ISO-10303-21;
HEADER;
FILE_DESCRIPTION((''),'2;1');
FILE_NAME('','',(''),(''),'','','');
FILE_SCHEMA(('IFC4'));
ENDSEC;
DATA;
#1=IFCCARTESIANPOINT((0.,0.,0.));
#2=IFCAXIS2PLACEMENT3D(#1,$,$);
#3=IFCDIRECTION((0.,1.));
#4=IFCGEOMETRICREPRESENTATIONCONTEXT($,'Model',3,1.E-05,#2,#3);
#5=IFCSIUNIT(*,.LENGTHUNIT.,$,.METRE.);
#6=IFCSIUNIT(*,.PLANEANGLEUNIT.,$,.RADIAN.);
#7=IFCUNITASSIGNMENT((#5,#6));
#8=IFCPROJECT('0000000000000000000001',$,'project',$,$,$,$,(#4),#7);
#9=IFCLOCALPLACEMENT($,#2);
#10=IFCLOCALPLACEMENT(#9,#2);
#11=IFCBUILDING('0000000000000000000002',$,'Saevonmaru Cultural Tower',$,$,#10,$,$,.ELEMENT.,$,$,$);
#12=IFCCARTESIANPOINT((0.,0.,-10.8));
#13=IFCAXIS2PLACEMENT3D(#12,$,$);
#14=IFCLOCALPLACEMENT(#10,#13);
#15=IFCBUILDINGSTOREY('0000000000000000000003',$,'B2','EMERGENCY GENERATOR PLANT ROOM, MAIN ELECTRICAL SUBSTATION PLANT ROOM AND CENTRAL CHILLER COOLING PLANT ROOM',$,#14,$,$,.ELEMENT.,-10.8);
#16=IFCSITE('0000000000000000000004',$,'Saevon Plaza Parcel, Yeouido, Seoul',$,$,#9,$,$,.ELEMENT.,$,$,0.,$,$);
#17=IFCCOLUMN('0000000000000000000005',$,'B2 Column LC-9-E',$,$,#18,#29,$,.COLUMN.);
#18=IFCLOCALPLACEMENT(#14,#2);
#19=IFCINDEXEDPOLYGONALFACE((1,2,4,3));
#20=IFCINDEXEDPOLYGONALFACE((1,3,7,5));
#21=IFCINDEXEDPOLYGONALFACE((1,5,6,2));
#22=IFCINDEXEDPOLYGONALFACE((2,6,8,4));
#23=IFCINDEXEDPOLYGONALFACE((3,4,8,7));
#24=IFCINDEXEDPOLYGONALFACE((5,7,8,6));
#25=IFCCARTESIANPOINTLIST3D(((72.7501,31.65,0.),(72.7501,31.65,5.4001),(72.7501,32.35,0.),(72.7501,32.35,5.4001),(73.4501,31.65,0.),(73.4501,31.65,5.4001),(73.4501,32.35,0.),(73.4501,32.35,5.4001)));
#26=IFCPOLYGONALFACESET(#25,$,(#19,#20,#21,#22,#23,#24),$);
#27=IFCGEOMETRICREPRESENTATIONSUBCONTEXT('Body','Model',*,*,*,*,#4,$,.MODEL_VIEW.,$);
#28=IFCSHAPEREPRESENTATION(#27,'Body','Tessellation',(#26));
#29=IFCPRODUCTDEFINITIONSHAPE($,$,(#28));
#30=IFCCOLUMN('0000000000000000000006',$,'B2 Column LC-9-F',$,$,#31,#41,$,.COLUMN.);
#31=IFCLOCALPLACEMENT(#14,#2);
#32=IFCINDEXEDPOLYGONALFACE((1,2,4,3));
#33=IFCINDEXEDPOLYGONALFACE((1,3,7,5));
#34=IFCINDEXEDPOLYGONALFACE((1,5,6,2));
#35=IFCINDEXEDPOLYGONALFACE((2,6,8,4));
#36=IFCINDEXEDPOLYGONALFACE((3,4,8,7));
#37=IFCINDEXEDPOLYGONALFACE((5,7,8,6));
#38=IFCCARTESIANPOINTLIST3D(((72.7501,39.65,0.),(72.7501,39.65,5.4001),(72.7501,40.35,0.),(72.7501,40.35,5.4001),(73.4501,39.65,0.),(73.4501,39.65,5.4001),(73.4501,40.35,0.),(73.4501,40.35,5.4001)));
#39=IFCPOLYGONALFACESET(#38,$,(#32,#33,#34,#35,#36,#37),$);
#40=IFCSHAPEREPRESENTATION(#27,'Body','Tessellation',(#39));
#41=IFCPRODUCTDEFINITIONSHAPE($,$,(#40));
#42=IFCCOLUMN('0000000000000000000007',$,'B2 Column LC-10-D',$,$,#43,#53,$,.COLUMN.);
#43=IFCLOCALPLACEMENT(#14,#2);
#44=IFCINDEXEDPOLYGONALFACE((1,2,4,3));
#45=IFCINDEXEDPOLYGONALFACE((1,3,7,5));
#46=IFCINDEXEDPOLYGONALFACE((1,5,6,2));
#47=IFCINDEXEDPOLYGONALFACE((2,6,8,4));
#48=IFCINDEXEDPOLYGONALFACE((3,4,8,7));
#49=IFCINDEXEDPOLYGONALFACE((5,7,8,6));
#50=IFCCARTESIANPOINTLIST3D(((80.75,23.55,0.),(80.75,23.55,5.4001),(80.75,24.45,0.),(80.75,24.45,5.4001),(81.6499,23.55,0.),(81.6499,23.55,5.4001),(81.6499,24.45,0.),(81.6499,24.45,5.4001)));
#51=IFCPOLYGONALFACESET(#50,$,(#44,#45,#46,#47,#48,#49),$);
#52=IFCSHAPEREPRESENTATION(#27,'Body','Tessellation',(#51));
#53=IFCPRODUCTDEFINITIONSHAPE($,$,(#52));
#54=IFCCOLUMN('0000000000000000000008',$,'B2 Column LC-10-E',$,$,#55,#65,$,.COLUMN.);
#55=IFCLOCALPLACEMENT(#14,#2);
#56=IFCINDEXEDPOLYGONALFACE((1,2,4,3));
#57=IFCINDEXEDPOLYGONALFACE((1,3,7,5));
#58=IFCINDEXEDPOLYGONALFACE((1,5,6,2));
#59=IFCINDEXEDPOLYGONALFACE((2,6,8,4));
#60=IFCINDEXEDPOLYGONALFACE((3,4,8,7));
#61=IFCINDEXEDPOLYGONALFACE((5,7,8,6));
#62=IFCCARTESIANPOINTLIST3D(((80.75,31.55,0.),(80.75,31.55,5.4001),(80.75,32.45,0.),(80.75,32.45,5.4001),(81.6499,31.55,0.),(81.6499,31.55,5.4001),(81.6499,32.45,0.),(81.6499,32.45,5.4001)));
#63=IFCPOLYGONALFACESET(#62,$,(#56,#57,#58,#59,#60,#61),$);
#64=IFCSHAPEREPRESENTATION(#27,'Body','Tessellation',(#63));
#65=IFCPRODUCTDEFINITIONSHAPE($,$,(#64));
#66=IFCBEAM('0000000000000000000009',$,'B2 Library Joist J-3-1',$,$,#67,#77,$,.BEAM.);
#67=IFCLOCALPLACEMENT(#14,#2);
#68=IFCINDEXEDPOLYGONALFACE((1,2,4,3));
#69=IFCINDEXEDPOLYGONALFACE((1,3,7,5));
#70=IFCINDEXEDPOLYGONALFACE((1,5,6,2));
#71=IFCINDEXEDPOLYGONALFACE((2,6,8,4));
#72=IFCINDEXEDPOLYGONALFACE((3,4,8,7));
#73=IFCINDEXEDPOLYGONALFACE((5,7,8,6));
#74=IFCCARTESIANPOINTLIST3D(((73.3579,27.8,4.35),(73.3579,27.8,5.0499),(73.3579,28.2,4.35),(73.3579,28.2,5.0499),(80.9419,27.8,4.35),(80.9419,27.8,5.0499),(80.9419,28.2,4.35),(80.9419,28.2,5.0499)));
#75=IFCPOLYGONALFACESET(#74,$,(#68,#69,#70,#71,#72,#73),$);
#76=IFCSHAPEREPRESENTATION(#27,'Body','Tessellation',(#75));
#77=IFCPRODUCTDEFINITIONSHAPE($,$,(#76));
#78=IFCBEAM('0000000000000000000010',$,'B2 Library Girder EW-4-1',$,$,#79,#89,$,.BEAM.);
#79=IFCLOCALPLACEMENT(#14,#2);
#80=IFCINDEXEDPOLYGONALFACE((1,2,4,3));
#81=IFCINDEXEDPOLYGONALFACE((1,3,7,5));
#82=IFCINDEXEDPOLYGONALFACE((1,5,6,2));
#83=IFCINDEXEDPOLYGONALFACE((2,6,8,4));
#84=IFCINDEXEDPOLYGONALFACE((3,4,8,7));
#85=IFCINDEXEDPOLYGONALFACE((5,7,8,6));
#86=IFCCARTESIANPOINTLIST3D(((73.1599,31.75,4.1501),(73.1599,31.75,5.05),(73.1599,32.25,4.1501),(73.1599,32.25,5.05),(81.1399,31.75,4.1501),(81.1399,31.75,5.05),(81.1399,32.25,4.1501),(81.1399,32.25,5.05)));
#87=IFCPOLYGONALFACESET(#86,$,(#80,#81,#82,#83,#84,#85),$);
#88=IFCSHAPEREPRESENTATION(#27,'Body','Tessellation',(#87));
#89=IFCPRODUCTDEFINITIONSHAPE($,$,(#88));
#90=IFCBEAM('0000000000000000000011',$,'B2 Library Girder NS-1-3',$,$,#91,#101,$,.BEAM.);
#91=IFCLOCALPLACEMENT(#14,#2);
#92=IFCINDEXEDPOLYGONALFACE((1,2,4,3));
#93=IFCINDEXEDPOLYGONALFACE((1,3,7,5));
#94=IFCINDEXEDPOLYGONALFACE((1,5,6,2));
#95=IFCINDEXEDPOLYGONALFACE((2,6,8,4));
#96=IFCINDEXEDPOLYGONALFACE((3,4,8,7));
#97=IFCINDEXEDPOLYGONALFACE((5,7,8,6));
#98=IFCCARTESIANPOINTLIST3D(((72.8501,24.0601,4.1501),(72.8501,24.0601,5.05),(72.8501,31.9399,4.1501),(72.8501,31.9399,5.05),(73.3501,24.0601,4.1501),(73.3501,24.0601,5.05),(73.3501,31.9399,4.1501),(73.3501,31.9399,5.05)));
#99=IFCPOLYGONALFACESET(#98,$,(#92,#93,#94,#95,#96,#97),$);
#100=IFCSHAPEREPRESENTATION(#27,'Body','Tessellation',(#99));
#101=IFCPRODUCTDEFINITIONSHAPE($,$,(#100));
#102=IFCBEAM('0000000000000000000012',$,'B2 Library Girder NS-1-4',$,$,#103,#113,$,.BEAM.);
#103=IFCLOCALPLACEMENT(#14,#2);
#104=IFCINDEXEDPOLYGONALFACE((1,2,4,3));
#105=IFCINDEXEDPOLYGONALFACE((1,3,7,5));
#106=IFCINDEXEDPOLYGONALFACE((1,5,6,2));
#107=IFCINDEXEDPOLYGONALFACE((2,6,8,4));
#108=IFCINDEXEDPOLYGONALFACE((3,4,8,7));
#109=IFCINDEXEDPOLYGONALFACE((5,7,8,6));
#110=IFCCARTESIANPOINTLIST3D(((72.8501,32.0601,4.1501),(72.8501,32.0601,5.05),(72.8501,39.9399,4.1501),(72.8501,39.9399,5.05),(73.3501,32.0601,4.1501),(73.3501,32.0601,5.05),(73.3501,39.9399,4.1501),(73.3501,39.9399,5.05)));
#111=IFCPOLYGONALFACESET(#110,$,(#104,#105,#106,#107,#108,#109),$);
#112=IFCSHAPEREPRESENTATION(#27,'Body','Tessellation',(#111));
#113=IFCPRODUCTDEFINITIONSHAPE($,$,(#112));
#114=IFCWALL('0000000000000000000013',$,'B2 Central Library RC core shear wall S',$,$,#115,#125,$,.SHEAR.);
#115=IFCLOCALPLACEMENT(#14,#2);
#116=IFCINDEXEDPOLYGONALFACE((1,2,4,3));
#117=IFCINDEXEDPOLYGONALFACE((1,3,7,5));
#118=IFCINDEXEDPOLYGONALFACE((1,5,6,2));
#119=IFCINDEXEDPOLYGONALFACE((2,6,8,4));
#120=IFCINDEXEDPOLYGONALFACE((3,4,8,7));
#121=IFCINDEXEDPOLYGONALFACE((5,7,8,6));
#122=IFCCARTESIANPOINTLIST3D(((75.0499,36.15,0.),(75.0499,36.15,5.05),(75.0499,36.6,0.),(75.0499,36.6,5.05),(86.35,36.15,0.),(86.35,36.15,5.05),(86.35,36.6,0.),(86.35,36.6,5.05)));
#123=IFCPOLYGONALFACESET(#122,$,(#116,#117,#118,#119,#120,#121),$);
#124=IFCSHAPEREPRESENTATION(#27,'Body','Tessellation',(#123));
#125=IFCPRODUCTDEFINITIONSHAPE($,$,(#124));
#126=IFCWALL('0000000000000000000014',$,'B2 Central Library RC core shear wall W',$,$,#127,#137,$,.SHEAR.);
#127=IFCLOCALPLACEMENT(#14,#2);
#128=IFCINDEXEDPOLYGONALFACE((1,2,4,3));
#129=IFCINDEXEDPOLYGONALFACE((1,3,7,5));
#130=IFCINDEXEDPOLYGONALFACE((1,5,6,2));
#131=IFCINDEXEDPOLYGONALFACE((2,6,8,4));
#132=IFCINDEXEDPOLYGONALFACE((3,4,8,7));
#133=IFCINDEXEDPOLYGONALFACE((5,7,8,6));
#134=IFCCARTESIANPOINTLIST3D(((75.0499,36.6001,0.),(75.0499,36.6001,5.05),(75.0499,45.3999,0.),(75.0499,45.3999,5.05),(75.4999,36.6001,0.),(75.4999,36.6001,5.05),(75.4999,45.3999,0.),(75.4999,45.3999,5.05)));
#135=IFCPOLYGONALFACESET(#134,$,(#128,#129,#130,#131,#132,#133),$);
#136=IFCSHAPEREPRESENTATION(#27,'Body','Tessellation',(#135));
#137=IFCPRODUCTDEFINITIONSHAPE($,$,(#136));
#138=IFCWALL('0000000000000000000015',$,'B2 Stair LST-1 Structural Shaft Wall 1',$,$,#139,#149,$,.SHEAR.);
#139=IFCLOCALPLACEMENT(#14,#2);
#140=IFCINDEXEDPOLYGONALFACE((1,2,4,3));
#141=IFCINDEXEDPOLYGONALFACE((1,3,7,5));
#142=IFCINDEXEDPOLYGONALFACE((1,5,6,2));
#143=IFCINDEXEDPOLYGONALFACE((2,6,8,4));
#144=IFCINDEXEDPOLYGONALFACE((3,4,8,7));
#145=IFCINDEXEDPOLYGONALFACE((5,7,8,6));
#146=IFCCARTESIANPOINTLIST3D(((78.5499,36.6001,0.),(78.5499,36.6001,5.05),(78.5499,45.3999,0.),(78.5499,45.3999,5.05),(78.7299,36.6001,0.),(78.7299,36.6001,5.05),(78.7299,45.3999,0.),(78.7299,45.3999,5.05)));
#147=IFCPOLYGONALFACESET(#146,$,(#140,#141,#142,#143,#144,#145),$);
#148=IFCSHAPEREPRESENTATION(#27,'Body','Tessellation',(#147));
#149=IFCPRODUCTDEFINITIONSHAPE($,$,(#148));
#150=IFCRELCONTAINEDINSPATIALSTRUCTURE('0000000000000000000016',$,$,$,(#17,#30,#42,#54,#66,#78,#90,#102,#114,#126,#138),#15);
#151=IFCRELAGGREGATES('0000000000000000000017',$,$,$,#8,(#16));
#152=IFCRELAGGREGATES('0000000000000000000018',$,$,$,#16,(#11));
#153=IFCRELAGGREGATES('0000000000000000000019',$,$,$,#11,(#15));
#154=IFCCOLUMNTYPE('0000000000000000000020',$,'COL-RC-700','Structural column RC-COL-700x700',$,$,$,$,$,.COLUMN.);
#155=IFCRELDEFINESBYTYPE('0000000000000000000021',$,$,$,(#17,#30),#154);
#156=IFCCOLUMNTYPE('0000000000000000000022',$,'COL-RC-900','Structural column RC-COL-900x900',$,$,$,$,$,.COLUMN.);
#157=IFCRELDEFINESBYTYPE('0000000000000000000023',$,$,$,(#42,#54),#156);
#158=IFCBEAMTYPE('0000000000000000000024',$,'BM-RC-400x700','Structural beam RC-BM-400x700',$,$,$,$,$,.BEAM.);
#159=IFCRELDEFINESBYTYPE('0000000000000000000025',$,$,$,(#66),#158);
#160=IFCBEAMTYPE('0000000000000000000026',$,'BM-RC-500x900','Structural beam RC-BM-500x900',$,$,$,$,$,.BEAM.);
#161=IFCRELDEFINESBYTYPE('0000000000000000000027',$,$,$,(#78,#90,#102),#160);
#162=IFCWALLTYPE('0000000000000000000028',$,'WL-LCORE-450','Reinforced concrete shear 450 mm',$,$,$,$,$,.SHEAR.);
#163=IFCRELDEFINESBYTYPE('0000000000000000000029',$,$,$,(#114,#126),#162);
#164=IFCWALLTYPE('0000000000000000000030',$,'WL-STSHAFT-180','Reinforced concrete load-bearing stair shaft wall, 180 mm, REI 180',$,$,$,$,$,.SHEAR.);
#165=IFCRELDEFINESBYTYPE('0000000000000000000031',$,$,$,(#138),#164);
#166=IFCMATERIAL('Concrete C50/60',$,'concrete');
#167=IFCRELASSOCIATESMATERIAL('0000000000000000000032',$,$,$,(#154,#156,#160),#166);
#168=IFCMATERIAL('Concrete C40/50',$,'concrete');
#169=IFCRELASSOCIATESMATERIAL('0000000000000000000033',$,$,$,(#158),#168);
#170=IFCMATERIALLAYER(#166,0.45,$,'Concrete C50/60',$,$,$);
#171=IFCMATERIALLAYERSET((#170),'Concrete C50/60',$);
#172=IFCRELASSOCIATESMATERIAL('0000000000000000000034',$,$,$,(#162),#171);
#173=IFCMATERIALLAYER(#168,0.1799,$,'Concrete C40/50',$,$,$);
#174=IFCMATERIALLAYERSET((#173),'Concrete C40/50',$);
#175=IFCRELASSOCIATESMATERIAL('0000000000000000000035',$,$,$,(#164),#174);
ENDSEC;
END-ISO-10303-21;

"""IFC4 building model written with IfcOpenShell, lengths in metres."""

from ifc_helpers import new_model, si_unit, direction, frame, frame_2d, origin, origin_2d, place, context, subcontext, project, spatial, rectangle, extrude, material, layer, layer_set, material_profile, profile_set, type_object, element, save


model = new_model("IFC4")

# Units and contexts
model_context = context("Model", 3, precision=1e-05, world=origin(), true_north=direction((0.0, 1.0)))
body_context = subcontext(model_context, "Body", "Model", "MODEL_VIEW")
ifc_project = project(units=[si_unit("LENGTHUNIT", "METRE"), si_unit("PLANEANGLEUNIT", "RADIAN")], contexts=[model_context])

# Site, building, storey
site_placement = place(None, origin())
site = spatial("IfcSite", under=ifc_project, at=site_placement, Name="Saevon Plaza Parcel, Yeouido, Seoul", CompositionType="ELEMENT", RefElevation=0.0)
building_placement = place(site_placement, origin())
building = spatial("IfcBuilding", under=site, at=building_placement, Name="Saevonmaru Cultural Tower", CompositionType="ELEMENT")
storey_placement = place(building_placement, frame((0.0, 0.0, -10.8)))
storey = spatial("IfcBuildingStorey", under=building, at=storey_placement, Name="B2", Description="EMERGENCY GENERATOR PLANT ROOM, MAIN ELECTRICAL SUBSTATION PLANT ROOM AND CENTRAL CHILLER COOLING PLANT ROOM", CompositionType="ELEMENT", Elevation=-10.8)

# Shared definitions
ifc_material_1 = material(Name="Concrete C50/60", Category="concrete")

# Shared definitions
ifc_material_2 = material(Name="Concrete C40/50", Category="concrete")

# Columns
ifc_material_profile_1 = material_profile(ifc_material_1, rectangle(XDim=0.7, YDim=0.7, at=origin_2d()), Name="RC-COL-700x700")
ifc_profile_set_1 = profile_set([ifc_material_profile_1], Name="Concrete C50/60")
column_type_1 = type_object("IfcColumnType", Name="COL-RC-700", Description="Structural column RC-COL-700x700", PredefinedType="COLUMN", material=ifc_profile_set_1)
for number, where, z_axis, x_axis, name in (
    (1, (73.1001, 32.0, 0.0), (0.0, 0.0, 1.0), (1.0, 0.0, 0.0), "B2 Column LC-9-E"),
    (2, (73.1001, 40.0, 0.0), (0.0, 0.0, 1.0), (1.0, 0.0, 0.0), "B2 Column LC-9-F"),
):
    element("IfcColumn", number, at=place(storey_placement, frame(where, z_axis=z_axis, x_axis=x_axis)), inside=storey, type_object=column_type_1, Name=name, PredefinedType="COLUMN", context=body_context, shape_type="SweptSolid", body=[
        extrude(rectangle(XDim=0.7, YDim=0.7, at=origin_2d()), origin(), (0.0, 0.0, 1.0), 5.4001),
    ])
ifc_material_profile_2 = material_profile(ifc_material_1, rectangle(XDim=0.8999, YDim=0.8999, at=origin_2d()), Name="RC-COL-900x900")
ifc_profile_set_2 = profile_set([ifc_material_profile_2], Name="Concrete C50/60")
column_type_2 = type_object("IfcColumnType", Name="COL-RC-900", Description="Structural column RC-COL-900x900", PredefinedType="COLUMN", material=ifc_profile_set_2)
for number, where, z_axis, x_axis, name in (
    (3, (81.2, 24.0, 0.0), (0.0, 0.0, 1.0), (1.0, 0.0, 0.0), "B2 Column LC-10-D"),
    (4, (81.2, 32.0, 0.0), (0.0, 0.0, 1.0), (1.0, 0.0, 0.0), "B2 Column LC-10-E"),
):
    element("IfcColumn", number, at=place(storey_placement, frame(where, z_axis=z_axis, x_axis=x_axis)), inside=storey, type_object=column_type_2, Name=name, PredefinedType="COLUMN", context=body_context, shape_type="SweptSolid", body=[
        extrude(rectangle(XDim=0.8999, YDim=0.8999, at=origin_2d()), origin(), (0.0, 0.0, 1.0), 5.4001),
    ])

# Beams
ifc_material_profile_3 = material_profile(ifc_material_2, rectangle(XDim=0.3999, YDim=0.7, at=origin_2d()), Name="RC-BM-400x700")
ifc_profile_set_3 = profile_set([ifc_material_profile_3], Name="Concrete C40/50")
beam_type_1 = type_object("IfcBeamType", Name="BM-RC-400x700", Description="Structural beam RC-BM-400x700", PredefinedType="BEAM", material=ifc_profile_set_3)
beam_1_placement = place(storey_placement, frame((73.3579, 28.0, 4.7), z_axis=(1.0, 0.0, 0.0), x_axis=(0.0, 1.0, 0.0)))
element("IfcBeam", 5, at=beam_1_placement, inside=storey, type_object=beam_type_1, Name="B2 Library Joist J-3-1", PredefinedType="BEAM", context=body_context, shape_type="SweptSolid", body=[
    extrude(rectangle(XDim=0.3999, YDim=0.7, at=origin_2d()), origin(), (0.0, 0.0, 1.0), 7.584),
])
ifc_material_profile_4 = material_profile(ifc_material_1, rectangle(XDim=0.5, YDim=0.8999, at=origin_2d()), Name="RC-BM-500x900")
ifc_profile_set_4 = profile_set([ifc_material_profile_4], Name="Concrete C50/60")
beam_type_2 = type_object("IfcBeamType", Name="BM-RC-500x900", Description="Structural beam RC-BM-500x900", PredefinedType="BEAM", material=ifc_profile_set_4)
beam_2_placement = place(storey_placement, frame((73.1599, 32.0, 4.6001), z_axis=(1.0, 0.0, 0.0), x_axis=(0.0, 1.0, 0.0)))
element("IfcBeam", 6, at=beam_2_placement, inside=storey, type_object=beam_type_2, Name="B2 Library Girder EW-4-1", PredefinedType="BEAM", context=body_context, shape_type="SweptSolid", body=[
    extrude(rectangle(XDim=0.5, YDim=0.8999, at=origin_2d()), origin(), (0.0, 0.0, 1.0), 7.98),
])
for number, where, z_axis, x_axis, name in (
    (7, (73.1001, 24.0601, 4.6001), (0.0, 1.0, 0.0), (-1.0, 0.0, 0.0), "B2 Library Girder NS-1-3"),
    (8, (73.1001, 32.0601, 4.6001), (0.0, 1.0, 0.0), (-1.0, 0.0, 0.0), "B2 Library Girder NS-1-4"),
):
    element("IfcBeam", number, at=place(storey_placement, frame(where, z_axis=z_axis, x_axis=x_axis)), inside=storey, type_object=beam_type_2, Name=name, PredefinedType="BEAM", context=body_context, shape_type="SweptSolid", body=[
        extrude(rectangle(XDim=0.5, YDim=0.8999, at=origin_2d()), origin(), (0.0, 0.0, 1.0), 7.8799),
    ])

# Walls
ifc_layer_1 = layer(ifc_material_1, 0.45, Name="Concrete C50/60")
ifc_layer_set_1 = layer_set([ifc_layer_1], Name="Concrete C50/60")
wall_type_1 = type_object("IfcWallType", Name="WL-LCORE-450", Description="Reinforced concrete shear 450 mm", PredefinedType="SHEAR", material=ifc_layer_set_1)
wall_1_placement = place(storey_placement, frame((75.05, 36.375, 0.0), z_axis=(0.0, 0.0, 1.0), x_axis=(1.0, 0.0, 0.0)))
element("IfcWall", 9, at=wall_1_placement, inside=storey, type_object=wall_type_1, Name="B2 Central Library RC core shear wall S", PredefinedType="SHEAR", context=body_context, shape_type="SweptSolid", body=[
    extrude(rectangle(XDim=11.3, YDim=0.45, at=frame_2d((5.6499, 0.0))), origin(), (0.0, 0.0, 1.0), 5.05),
])
wall_2_placement = place(storey_placement, frame((75.2749, 36.6001, 0.0), z_axis=(0.0, 0.0, 1.0), x_axis=(0.0, 1.0, 0.0)))
element("IfcWall", 10, at=wall_2_placement, inside=storey, type_object=wall_type_1, Name="B2 Central Library RC core shear wall W", PredefinedType="SHEAR", context=body_context, shape_type="SweptSolid", body=[
    extrude(rectangle(XDim=8.7998, YDim=0.45, at=frame_2d((4.3999, 0.0))), origin(), (0.0, 0.0, 1.0), 5.05),
])
ifc_layer_2 = layer(ifc_material_2, 0.1799, Name="Concrete C40/50")
ifc_layer_set_2 = layer_set([ifc_layer_2], Name="Concrete C40/50")
wall_type_2 = type_object("IfcWallType", Name="WL-STSHAFT-180", Description="Reinforced concrete load-bearing stair shaft wall, 180 mm, REI 180", PredefinedType="SHEAR", material=ifc_layer_set_2)
wall_3_placement = place(storey_placement, frame((78.6399, 36.6001, 0.0), z_axis=(0.0, 0.0, 1.0), x_axis=(0.0, 1.0, 0.0)))
element("IfcWall", 11, at=wall_3_placement, inside=storey, type_object=wall_type_2, Name="B2 Stair LST-1 Structural Shaft Wall 1", PredefinedType="SHEAR", context=body_context, shape_type="SweptSolid", body=[
    extrude(rectangle(XDim=8.7998, YDim=0.1799, at=frame_2d((4.3999, 0.0))), origin(), (0.0, 0.0, 1.0), 5.05),
])

save(model, "model.ifc")
